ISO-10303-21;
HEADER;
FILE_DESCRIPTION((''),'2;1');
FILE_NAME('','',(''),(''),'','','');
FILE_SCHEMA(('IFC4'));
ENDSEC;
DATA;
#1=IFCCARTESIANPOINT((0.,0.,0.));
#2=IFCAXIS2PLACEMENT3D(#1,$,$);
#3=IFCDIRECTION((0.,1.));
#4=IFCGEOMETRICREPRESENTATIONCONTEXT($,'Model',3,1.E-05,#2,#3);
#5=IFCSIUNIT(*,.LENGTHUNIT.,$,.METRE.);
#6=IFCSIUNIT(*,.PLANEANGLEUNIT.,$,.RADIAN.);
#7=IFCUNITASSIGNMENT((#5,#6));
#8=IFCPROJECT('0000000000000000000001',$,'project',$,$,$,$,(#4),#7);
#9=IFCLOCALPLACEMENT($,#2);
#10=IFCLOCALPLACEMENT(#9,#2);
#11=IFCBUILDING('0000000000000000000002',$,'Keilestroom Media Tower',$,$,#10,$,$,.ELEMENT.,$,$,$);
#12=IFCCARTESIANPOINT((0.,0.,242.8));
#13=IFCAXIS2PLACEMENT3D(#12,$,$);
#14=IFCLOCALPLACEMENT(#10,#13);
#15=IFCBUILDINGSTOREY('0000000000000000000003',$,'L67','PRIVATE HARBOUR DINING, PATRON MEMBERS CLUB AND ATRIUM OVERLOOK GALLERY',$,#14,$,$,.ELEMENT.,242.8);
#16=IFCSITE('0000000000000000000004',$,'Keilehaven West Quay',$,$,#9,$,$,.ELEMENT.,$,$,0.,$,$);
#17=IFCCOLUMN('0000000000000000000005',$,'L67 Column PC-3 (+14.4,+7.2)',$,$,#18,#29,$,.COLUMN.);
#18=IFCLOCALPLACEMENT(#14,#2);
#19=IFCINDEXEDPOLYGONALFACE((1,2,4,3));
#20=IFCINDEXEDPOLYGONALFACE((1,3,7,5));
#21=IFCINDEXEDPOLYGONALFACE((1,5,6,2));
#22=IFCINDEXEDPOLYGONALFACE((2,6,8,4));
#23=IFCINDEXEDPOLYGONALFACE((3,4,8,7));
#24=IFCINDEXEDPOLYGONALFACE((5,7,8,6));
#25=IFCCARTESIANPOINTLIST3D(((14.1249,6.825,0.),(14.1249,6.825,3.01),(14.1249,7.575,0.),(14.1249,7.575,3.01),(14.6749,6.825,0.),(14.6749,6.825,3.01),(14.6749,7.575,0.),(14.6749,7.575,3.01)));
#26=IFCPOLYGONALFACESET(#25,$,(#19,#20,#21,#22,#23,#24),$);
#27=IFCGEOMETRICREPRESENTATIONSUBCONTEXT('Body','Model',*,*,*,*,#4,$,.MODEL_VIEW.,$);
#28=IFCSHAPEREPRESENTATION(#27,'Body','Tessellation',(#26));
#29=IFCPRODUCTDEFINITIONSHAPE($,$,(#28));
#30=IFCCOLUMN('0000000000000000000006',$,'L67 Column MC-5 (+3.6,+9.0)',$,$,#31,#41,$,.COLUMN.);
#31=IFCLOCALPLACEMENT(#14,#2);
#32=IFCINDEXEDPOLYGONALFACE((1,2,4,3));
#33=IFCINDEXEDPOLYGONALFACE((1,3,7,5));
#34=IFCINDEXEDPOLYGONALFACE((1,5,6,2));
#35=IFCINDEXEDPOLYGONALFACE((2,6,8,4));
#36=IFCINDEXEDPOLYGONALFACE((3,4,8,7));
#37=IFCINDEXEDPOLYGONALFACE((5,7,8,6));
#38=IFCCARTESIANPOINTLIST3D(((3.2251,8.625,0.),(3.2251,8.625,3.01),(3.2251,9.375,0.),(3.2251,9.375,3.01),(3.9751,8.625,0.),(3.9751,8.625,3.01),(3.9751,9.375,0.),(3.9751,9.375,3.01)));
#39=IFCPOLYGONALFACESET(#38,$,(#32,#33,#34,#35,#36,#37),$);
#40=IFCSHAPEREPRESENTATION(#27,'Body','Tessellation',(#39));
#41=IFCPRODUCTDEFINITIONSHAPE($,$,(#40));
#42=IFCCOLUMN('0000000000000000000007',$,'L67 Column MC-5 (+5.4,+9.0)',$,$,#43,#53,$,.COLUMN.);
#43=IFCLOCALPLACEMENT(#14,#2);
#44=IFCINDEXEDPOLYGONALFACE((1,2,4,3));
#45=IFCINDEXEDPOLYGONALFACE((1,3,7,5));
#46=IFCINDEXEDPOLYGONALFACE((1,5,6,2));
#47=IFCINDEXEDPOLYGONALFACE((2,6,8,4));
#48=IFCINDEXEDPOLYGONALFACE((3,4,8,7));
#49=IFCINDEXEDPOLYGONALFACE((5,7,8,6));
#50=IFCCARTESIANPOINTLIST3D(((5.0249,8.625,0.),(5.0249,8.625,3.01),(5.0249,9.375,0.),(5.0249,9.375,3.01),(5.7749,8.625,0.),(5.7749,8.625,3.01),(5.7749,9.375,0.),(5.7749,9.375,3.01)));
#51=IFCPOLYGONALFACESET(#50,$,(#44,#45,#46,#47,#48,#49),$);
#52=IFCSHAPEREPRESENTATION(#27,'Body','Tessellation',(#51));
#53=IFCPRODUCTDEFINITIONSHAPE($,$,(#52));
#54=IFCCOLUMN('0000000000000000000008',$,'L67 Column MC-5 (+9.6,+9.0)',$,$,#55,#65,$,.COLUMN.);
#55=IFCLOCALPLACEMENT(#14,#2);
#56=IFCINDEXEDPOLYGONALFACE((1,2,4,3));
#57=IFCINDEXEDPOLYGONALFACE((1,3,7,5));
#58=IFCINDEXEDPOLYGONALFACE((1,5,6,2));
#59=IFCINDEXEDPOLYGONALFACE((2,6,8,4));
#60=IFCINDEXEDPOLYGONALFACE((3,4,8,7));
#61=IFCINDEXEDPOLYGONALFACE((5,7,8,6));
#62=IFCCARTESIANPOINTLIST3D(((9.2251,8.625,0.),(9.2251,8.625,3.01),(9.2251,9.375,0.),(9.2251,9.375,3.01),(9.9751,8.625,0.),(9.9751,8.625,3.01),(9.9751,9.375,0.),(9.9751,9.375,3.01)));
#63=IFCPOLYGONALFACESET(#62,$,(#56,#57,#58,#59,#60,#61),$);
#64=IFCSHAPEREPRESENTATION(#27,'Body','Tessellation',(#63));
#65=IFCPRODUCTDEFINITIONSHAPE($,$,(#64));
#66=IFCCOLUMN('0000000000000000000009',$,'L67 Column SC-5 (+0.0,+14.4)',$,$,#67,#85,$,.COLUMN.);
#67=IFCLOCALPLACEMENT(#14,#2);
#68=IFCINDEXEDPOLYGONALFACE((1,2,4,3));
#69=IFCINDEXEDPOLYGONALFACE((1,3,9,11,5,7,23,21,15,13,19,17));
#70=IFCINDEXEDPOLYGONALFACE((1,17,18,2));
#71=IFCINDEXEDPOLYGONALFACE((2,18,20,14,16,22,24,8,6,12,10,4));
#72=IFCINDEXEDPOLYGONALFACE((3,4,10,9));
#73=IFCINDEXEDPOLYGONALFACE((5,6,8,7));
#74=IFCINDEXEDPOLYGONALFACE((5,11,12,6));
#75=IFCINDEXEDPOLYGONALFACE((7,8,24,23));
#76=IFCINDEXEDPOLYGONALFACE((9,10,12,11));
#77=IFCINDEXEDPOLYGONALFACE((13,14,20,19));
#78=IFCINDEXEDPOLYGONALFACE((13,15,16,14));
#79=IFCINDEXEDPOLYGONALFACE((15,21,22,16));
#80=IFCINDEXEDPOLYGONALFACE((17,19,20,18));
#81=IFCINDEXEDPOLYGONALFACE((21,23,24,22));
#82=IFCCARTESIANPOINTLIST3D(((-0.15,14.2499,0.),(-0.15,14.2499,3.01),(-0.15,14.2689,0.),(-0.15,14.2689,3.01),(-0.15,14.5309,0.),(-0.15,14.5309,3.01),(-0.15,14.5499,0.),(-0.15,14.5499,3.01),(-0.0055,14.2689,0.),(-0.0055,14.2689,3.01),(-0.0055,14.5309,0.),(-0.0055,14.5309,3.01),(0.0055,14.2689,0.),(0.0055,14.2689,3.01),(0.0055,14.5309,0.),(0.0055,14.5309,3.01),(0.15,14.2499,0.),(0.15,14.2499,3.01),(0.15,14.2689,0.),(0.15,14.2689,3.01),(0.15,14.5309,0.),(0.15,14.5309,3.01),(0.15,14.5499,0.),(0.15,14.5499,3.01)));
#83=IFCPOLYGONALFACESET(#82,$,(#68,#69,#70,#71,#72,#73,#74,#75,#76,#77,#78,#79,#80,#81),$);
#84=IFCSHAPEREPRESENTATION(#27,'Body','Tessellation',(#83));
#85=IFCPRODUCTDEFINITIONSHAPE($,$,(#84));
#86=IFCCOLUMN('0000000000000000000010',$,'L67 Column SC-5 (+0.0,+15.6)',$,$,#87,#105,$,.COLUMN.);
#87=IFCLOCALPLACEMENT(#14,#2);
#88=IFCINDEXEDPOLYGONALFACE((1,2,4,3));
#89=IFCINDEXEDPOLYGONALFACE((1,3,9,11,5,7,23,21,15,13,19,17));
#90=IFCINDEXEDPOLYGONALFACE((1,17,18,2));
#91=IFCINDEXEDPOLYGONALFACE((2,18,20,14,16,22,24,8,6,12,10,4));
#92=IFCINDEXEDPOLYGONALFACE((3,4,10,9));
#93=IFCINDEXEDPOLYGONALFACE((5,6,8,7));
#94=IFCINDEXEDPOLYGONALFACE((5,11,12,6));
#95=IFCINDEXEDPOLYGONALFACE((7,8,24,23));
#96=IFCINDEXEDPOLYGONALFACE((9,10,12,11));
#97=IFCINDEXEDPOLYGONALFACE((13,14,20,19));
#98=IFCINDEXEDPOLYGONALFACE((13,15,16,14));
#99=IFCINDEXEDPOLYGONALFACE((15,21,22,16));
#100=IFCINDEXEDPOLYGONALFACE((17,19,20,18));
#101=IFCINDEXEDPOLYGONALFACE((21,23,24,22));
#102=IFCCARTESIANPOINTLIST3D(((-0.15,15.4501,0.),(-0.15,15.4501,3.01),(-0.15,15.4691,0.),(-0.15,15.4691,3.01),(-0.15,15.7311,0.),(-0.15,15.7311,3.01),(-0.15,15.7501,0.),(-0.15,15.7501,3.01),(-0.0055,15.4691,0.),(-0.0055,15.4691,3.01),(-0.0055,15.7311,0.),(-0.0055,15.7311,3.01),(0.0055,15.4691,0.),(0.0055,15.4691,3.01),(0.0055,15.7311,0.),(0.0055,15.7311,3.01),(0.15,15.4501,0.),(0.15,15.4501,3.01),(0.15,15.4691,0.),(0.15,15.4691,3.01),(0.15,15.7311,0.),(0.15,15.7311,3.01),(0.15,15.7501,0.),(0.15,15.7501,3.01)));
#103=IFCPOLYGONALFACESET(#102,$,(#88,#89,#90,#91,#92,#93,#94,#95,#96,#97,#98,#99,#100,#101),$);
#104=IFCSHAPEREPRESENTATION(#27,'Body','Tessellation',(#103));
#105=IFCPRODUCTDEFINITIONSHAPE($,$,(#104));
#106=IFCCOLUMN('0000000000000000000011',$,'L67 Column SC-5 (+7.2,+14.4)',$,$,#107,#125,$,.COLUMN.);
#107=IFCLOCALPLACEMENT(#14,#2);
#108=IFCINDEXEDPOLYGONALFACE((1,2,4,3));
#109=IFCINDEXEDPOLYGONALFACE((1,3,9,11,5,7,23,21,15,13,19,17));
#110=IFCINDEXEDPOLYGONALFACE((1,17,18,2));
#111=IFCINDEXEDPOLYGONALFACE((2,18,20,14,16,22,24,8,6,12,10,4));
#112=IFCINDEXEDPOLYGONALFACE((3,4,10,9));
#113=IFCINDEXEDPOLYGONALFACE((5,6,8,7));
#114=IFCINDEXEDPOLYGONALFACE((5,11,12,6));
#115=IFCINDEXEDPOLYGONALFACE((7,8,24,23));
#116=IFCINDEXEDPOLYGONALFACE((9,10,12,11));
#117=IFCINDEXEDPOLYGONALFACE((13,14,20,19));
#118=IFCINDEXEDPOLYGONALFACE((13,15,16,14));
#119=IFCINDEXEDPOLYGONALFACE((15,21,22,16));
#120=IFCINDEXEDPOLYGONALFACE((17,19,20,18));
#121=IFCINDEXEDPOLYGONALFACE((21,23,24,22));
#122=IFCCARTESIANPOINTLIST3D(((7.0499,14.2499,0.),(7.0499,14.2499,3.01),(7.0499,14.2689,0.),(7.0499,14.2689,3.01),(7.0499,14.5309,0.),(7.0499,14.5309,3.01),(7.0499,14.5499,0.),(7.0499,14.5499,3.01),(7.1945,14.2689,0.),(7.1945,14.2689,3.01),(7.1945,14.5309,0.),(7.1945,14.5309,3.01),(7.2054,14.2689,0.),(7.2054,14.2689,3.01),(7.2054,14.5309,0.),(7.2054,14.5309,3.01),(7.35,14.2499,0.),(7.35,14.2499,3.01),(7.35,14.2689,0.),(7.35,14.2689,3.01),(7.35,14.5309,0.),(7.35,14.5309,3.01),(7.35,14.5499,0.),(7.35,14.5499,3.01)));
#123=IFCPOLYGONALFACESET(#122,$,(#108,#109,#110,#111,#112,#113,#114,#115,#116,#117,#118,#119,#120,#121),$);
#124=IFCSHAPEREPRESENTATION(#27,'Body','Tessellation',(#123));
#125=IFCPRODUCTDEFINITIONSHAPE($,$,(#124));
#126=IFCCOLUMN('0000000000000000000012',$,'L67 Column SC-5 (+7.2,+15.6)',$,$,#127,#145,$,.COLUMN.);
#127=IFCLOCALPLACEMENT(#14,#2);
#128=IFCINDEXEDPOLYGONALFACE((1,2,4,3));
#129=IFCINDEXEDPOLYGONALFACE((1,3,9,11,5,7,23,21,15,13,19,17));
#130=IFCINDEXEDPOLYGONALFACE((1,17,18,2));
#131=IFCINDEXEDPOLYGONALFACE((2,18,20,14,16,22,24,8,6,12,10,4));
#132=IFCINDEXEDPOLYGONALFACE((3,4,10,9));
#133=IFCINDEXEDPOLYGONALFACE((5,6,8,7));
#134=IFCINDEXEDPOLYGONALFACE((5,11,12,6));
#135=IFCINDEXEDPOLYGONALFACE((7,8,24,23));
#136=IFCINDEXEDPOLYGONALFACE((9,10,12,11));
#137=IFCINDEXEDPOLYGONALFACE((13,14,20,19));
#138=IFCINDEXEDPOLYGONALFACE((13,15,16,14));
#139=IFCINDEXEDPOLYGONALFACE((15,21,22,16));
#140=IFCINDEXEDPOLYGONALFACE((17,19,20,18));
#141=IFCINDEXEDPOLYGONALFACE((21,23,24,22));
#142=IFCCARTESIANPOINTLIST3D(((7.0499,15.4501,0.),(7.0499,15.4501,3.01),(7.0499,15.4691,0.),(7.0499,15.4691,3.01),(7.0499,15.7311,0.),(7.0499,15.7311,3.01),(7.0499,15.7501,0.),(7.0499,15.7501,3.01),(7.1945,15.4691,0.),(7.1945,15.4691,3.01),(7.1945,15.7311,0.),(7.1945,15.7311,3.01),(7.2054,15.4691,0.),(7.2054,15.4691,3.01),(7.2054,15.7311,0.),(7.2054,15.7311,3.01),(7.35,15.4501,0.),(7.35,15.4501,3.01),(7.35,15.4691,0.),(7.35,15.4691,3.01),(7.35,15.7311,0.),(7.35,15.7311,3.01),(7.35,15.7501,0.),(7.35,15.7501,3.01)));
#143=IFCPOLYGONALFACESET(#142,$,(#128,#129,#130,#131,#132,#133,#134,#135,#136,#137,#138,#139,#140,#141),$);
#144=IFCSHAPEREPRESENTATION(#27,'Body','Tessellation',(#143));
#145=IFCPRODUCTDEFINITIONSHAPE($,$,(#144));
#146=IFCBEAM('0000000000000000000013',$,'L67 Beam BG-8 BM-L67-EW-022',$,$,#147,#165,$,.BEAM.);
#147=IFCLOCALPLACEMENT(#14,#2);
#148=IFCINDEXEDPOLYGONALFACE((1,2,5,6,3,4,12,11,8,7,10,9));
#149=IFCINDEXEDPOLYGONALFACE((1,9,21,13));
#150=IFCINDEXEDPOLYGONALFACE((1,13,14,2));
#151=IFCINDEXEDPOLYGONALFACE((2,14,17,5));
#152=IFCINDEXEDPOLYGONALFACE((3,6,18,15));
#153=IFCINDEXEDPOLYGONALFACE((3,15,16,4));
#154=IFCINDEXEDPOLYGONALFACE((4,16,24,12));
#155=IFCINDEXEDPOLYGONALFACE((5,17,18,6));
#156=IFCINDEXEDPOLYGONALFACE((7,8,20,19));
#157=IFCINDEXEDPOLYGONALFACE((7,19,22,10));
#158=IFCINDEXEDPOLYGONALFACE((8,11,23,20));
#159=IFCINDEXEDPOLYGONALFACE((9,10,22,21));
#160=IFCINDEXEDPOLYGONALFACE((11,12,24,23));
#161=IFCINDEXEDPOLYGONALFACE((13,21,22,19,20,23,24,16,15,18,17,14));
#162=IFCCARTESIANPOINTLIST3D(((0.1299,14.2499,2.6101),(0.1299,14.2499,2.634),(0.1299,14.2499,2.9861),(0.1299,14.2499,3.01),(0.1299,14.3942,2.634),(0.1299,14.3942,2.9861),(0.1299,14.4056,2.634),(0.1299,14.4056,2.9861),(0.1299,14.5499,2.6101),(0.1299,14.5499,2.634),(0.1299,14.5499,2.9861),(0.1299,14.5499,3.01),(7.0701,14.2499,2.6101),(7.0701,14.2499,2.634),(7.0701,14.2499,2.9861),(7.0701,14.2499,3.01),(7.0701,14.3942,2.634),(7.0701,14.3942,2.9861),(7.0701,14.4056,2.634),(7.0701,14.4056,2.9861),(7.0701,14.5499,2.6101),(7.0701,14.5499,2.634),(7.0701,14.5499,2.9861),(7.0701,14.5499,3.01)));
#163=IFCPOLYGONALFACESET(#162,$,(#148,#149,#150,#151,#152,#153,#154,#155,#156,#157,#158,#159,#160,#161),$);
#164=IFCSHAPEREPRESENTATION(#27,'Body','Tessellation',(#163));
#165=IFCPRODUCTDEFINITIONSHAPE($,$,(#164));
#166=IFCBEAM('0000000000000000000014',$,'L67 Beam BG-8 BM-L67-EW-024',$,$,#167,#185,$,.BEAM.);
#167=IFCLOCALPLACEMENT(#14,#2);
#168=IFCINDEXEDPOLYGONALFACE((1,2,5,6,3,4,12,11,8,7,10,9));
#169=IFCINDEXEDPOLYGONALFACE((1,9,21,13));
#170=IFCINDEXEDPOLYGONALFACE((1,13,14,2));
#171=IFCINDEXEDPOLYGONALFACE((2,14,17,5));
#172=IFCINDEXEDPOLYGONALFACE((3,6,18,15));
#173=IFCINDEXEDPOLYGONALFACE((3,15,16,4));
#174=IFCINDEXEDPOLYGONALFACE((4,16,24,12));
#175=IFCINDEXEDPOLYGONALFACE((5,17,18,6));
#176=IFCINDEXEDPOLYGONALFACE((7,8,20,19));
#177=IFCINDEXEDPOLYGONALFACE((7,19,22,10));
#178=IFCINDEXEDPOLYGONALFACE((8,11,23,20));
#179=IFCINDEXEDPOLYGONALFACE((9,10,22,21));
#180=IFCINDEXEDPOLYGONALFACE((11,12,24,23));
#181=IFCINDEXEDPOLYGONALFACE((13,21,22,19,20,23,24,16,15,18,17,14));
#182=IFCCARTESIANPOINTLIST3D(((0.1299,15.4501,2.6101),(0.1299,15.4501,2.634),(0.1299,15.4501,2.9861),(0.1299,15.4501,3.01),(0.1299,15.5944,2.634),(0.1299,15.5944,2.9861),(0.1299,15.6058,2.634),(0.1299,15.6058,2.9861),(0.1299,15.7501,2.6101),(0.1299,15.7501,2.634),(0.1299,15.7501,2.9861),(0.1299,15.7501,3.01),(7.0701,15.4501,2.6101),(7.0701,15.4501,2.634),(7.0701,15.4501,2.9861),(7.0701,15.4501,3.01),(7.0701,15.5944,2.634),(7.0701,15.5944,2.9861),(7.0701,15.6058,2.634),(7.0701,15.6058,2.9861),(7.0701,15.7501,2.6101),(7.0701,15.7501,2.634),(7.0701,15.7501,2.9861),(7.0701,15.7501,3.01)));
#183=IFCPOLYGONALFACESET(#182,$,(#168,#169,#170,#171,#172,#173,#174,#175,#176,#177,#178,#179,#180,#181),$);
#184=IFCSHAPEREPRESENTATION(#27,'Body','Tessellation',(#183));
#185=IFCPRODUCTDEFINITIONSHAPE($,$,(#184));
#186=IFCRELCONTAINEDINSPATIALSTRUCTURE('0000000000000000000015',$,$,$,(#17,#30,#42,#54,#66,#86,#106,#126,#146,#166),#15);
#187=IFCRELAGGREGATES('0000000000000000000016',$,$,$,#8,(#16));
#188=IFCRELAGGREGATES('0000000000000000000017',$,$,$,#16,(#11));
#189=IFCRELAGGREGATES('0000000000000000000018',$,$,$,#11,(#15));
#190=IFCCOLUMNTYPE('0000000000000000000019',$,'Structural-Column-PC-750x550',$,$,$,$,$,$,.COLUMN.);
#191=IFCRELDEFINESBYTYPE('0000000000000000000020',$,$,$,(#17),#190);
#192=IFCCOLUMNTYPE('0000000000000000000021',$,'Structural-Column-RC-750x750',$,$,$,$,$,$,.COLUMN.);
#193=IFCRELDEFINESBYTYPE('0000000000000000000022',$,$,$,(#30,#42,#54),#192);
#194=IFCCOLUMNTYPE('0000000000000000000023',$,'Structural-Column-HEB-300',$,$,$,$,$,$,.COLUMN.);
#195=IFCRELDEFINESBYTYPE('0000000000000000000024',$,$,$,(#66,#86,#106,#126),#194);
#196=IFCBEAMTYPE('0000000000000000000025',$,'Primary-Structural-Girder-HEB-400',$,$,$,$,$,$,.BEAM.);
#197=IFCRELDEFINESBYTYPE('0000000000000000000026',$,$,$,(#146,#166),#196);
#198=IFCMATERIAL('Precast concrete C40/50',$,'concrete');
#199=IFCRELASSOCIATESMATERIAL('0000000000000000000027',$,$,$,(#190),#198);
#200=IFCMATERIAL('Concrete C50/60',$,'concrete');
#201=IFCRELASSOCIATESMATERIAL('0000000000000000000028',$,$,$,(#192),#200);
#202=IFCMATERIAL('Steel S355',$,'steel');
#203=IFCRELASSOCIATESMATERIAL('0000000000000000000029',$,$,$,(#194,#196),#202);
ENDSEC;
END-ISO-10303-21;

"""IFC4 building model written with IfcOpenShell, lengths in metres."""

from ifc_helpers import new_model, si_unit, direction, frame, origin, origin_2d, place, context, subcontext, project, spatial, rectangle, i_section, extrude, source, transform, mapped, material, material_profile, profile_set, type_object, element, save


model = new_model("IFC4")

# Units and contexts
model_context = context("Model", 3, precision=1e-05, world=origin(), true_north=direction((0.0, 1.0)))
body_context = subcontext(model_context, "Body", "Model", "MODEL_VIEW")
ifc_project = project(units=[si_unit("LENGTHUNIT", "METRE"), si_unit("PLANEANGLEUNIT", "RADIAN")], contexts=[model_context])

# Site, building, storey
site_placement = place(None, origin())
site = spatial("IfcSite", under=ifc_project, at=site_placement, Name="Keilehaven West Quay", CompositionType="ELEMENT", RefElevation=0.0)
building_placement = place(site_placement, origin())
building = spatial("IfcBuilding", under=site, at=building_placement, Name="Keilestroom Media Tower", CompositionType="ELEMENT")
storey_placement = place(building_placement, frame((0.0, 0.0, 242.8)))
storey = spatial("IfcBuildingStorey", under=building, at=storey_placement, Name="L67", Description="PRIVATE HARBOUR DINING, PATRON MEMBERS CLUB AND ATRIUM OVERLOOK GALLERY", CompositionType="ELEMENT", Elevation=242.8)

# Columns
ifc_material_1 = material(Name="Precast concrete C40/50", Category="concrete")
ifc_material_profile_1 = material_profile(ifc_material_1, rectangle(XDim=0.55, YDim=0.75, at=origin_2d()), Name="PC 750x550")
ifc_profile_set_1 = profile_set([ifc_material_profile_1], Name="Precast concrete C40/50")
column_type_1 = type_object("IfcColumnType", Name="Structural-Column-PC-750x550", PredefinedType="COLUMN", material=ifc_profile_set_1)
shared_shape_1 = source(origin(), body_context, "Body", "SweptSolid", [
    extrude(rectangle(XDim=0.55, YDim=0.75, at=origin_2d()), origin(), (0.0, 0.0, 1.0), 3.01),
])
column_placement = place(storey_placement, frame((14.3999, 7.2, 0.0), z_axis=(0.0, 0.0, 1.0), x_axis=(1.0, 0.0, 0.0)))
element("IfcColumn", 1, at=column_placement, inside=storey, type_object=column_type_1, Name="L67 Column PC-3 (+14.4,+7.2)", PredefinedType="COLUMN", context=body_context, shape_type="MappedRepresentation", body=[
    mapped(shared_shape_1, transform((0.0, 0.0, 0.0), x_axis=(1.0, 0.0, 0.0), y_axis=(0.0, 1.0, 0.0), z_axis=(0.0, 0.0, 1.0), scale=1.0)),
])
ifc_material_2 = material(Name="Concrete C50/60", Category="concrete")
ifc_material_profile_2 = material_profile(ifc_material_2, rectangle(XDim=0.75, YDim=0.75, at=origin_2d()), Name="RC 750x750")
ifc_profile_set_2 = profile_set([ifc_material_profile_2], Name="Concrete C50/60")
column_type_2 = type_object("IfcColumnType", Name="Structural-Column-RC-750x750", PredefinedType="COLUMN", material=ifc_profile_set_2)
shared_shape_2 = source(origin(), body_context, "Body", "SweptSolid", [
    extrude(rectangle(XDim=0.75, YDim=0.75, at=origin_2d()), origin(), (0.0, 0.0, 1.0), 3.01),
])
for number, where, z_axis, x_axis, name in (
    (2, (3.6001, 9.0, 0.0), (0.0, 0.0, 1.0), (1.0, 0.0, 0.0), "L67 Column MC-5 (+3.6,+9.0)"),
    (3, (5.3999, 9.0, 0.0), (0.0, 0.0, 1.0), (1.0, 0.0, 0.0), "L67 Column MC-5 (+5.4,+9.0)"),
    (4, (9.6001, 9.0, 0.0), (0.0, 0.0, 1.0), (1.0, 0.0, 0.0), "L67 Column MC-5 (+9.6,+9.0)"),
):
    element("IfcColumn", number, at=place(storey_placement, frame(where, z_axis=z_axis, x_axis=x_axis)), inside=storey, type_object=column_type_2, Name=name, PredefinedType="COLUMN", context=body_context, shape_type="MappedRepresentation", body=[
        mapped(shared_shape_2, transform((0.0, 0.0, 0.0), x_axis=(1.0, 0.0, 0.0), y_axis=(0.0, 1.0, 0.0), z_axis=(0.0, 0.0, 1.0), scale=1.0)),
    ])
ifc_material_3 = material(Name="Steel S355", Category="steel")
ifc_material_profile_3 = material_profile(ifc_material_3, i_section(OverallWidth=0.3, OverallDepth=0.3, WebThickness=0.011, FlangeThickness=0.019, at=origin_2d()), Name="HEB 300")
ifc_profile_set_3 = profile_set([ifc_material_profile_3], Name="Steel S355")
column_type_3 = type_object("IfcColumnType", Name="Structural-Column-HEB-300", PredefinedType="COLUMN", material=ifc_profile_set_3)
shared_shape_3 = source(origin(), body_context, "Body", "SweptSolid", [
    extrude(i_section(OverallWidth=0.3, OverallDepth=0.3, WebThickness=0.011, FlangeThickness=0.019, at=origin_2d()), origin(), (0.0, 0.0, 1.0), 3.01),
])
for number, where, z_axis, x_axis, name in (
    (5, (0.0, 14.3999, 0.0), (0.0, 0.0, 1.0), (1.0, 0.0, 0.0), "L67 Column SC-5 (+0.0,+14.4)"),
    (6, (0.0, 15.6001, 0.0), (0.0, 0.0, 1.0), (1.0, 0.0, 0.0), "L67 Column SC-5 (+0.0,+15.6)"),
    (7, (7.2, 14.3999, 0.0), (0.0, 0.0, 1.0), (1.0, 0.0, 0.0), "L67 Column SC-5 (+7.2,+14.4)"),
    (8, (7.2, 15.6001, 0.0), (0.0, 0.0, 1.0), (1.0, 0.0, 0.0), "L67 Column SC-5 (+7.2,+15.6)"),
):
    element("IfcColumn", number, at=place(storey_placement, frame(where, z_axis=z_axis, x_axis=x_axis)), inside=storey, type_object=column_type_3, Name=name, PredefinedType="COLUMN", context=body_context, shape_type="MappedRepresentation", body=[
        mapped(shared_shape_3, transform((0.0, 0.0, 0.0), x_axis=(1.0, 0.0, 0.0), y_axis=(0.0, 1.0, 0.0), z_axis=(0.0, 0.0, 1.0), scale=1.0)),
    ])

# Beams
ifc_material_profile_4 = material_profile(ifc_material_3, i_section(OverallWidth=0.3, OverallDepth=0.3999, WebThickness=0.0115, FlangeThickness=0.0239, at=origin_2d()), Name="HEB 400")
ifc_profile_set_4 = profile_set([ifc_material_profile_4], Name="Steel S355")
beam_type = type_object("IfcBeamType", Name="Primary-Structural-Girder-HEB-400", PredefinedType="BEAM", material=ifc_profile_set_4)
shared_shape_4 = source(origin(), body_context, "Body", "SweptSolid", [
    extrude(i_section(OverallWidth=0.3, OverallDepth=0.3999, WebThickness=0.0115, FlangeThickness=0.0239, at=origin_2d()), origin(), (0.0, 0.0, 1.0), 6.9402),
])
for number, where, z_axis, x_axis, name in (
    (9, (0.1299, 14.3999, 2.8101), (1.0, 0.0, 0.0), (0.0, 1.0, 0.0), "L67 Beam BG-8 BM-L67-EW-022"),
    (10, (0.1299, 15.6001, 2.8101), (1.0, 0.0, 0.0), (0.0, 1.0, 0.0), "L67 Beam BG-8 BM-L67-EW-024"),
):
    element("IfcBeam", number, at=place(storey_placement, frame(where, z_axis=z_axis, x_axis=x_axis)), inside=storey, type_object=beam_type, Name=name, PredefinedType="BEAM", context=body_context, shape_type="MappedRepresentation", body=[
        mapped(shared_shape_4, transform((0.0, 0.0, 0.0), x_axis=(1.0, 0.0, 0.0), y_axis=(0.0, 1.0, 0.0), z_axis=(0.0, 0.0, 1.0), scale=1.0)),
    ])

save(model, "model.ifc")
